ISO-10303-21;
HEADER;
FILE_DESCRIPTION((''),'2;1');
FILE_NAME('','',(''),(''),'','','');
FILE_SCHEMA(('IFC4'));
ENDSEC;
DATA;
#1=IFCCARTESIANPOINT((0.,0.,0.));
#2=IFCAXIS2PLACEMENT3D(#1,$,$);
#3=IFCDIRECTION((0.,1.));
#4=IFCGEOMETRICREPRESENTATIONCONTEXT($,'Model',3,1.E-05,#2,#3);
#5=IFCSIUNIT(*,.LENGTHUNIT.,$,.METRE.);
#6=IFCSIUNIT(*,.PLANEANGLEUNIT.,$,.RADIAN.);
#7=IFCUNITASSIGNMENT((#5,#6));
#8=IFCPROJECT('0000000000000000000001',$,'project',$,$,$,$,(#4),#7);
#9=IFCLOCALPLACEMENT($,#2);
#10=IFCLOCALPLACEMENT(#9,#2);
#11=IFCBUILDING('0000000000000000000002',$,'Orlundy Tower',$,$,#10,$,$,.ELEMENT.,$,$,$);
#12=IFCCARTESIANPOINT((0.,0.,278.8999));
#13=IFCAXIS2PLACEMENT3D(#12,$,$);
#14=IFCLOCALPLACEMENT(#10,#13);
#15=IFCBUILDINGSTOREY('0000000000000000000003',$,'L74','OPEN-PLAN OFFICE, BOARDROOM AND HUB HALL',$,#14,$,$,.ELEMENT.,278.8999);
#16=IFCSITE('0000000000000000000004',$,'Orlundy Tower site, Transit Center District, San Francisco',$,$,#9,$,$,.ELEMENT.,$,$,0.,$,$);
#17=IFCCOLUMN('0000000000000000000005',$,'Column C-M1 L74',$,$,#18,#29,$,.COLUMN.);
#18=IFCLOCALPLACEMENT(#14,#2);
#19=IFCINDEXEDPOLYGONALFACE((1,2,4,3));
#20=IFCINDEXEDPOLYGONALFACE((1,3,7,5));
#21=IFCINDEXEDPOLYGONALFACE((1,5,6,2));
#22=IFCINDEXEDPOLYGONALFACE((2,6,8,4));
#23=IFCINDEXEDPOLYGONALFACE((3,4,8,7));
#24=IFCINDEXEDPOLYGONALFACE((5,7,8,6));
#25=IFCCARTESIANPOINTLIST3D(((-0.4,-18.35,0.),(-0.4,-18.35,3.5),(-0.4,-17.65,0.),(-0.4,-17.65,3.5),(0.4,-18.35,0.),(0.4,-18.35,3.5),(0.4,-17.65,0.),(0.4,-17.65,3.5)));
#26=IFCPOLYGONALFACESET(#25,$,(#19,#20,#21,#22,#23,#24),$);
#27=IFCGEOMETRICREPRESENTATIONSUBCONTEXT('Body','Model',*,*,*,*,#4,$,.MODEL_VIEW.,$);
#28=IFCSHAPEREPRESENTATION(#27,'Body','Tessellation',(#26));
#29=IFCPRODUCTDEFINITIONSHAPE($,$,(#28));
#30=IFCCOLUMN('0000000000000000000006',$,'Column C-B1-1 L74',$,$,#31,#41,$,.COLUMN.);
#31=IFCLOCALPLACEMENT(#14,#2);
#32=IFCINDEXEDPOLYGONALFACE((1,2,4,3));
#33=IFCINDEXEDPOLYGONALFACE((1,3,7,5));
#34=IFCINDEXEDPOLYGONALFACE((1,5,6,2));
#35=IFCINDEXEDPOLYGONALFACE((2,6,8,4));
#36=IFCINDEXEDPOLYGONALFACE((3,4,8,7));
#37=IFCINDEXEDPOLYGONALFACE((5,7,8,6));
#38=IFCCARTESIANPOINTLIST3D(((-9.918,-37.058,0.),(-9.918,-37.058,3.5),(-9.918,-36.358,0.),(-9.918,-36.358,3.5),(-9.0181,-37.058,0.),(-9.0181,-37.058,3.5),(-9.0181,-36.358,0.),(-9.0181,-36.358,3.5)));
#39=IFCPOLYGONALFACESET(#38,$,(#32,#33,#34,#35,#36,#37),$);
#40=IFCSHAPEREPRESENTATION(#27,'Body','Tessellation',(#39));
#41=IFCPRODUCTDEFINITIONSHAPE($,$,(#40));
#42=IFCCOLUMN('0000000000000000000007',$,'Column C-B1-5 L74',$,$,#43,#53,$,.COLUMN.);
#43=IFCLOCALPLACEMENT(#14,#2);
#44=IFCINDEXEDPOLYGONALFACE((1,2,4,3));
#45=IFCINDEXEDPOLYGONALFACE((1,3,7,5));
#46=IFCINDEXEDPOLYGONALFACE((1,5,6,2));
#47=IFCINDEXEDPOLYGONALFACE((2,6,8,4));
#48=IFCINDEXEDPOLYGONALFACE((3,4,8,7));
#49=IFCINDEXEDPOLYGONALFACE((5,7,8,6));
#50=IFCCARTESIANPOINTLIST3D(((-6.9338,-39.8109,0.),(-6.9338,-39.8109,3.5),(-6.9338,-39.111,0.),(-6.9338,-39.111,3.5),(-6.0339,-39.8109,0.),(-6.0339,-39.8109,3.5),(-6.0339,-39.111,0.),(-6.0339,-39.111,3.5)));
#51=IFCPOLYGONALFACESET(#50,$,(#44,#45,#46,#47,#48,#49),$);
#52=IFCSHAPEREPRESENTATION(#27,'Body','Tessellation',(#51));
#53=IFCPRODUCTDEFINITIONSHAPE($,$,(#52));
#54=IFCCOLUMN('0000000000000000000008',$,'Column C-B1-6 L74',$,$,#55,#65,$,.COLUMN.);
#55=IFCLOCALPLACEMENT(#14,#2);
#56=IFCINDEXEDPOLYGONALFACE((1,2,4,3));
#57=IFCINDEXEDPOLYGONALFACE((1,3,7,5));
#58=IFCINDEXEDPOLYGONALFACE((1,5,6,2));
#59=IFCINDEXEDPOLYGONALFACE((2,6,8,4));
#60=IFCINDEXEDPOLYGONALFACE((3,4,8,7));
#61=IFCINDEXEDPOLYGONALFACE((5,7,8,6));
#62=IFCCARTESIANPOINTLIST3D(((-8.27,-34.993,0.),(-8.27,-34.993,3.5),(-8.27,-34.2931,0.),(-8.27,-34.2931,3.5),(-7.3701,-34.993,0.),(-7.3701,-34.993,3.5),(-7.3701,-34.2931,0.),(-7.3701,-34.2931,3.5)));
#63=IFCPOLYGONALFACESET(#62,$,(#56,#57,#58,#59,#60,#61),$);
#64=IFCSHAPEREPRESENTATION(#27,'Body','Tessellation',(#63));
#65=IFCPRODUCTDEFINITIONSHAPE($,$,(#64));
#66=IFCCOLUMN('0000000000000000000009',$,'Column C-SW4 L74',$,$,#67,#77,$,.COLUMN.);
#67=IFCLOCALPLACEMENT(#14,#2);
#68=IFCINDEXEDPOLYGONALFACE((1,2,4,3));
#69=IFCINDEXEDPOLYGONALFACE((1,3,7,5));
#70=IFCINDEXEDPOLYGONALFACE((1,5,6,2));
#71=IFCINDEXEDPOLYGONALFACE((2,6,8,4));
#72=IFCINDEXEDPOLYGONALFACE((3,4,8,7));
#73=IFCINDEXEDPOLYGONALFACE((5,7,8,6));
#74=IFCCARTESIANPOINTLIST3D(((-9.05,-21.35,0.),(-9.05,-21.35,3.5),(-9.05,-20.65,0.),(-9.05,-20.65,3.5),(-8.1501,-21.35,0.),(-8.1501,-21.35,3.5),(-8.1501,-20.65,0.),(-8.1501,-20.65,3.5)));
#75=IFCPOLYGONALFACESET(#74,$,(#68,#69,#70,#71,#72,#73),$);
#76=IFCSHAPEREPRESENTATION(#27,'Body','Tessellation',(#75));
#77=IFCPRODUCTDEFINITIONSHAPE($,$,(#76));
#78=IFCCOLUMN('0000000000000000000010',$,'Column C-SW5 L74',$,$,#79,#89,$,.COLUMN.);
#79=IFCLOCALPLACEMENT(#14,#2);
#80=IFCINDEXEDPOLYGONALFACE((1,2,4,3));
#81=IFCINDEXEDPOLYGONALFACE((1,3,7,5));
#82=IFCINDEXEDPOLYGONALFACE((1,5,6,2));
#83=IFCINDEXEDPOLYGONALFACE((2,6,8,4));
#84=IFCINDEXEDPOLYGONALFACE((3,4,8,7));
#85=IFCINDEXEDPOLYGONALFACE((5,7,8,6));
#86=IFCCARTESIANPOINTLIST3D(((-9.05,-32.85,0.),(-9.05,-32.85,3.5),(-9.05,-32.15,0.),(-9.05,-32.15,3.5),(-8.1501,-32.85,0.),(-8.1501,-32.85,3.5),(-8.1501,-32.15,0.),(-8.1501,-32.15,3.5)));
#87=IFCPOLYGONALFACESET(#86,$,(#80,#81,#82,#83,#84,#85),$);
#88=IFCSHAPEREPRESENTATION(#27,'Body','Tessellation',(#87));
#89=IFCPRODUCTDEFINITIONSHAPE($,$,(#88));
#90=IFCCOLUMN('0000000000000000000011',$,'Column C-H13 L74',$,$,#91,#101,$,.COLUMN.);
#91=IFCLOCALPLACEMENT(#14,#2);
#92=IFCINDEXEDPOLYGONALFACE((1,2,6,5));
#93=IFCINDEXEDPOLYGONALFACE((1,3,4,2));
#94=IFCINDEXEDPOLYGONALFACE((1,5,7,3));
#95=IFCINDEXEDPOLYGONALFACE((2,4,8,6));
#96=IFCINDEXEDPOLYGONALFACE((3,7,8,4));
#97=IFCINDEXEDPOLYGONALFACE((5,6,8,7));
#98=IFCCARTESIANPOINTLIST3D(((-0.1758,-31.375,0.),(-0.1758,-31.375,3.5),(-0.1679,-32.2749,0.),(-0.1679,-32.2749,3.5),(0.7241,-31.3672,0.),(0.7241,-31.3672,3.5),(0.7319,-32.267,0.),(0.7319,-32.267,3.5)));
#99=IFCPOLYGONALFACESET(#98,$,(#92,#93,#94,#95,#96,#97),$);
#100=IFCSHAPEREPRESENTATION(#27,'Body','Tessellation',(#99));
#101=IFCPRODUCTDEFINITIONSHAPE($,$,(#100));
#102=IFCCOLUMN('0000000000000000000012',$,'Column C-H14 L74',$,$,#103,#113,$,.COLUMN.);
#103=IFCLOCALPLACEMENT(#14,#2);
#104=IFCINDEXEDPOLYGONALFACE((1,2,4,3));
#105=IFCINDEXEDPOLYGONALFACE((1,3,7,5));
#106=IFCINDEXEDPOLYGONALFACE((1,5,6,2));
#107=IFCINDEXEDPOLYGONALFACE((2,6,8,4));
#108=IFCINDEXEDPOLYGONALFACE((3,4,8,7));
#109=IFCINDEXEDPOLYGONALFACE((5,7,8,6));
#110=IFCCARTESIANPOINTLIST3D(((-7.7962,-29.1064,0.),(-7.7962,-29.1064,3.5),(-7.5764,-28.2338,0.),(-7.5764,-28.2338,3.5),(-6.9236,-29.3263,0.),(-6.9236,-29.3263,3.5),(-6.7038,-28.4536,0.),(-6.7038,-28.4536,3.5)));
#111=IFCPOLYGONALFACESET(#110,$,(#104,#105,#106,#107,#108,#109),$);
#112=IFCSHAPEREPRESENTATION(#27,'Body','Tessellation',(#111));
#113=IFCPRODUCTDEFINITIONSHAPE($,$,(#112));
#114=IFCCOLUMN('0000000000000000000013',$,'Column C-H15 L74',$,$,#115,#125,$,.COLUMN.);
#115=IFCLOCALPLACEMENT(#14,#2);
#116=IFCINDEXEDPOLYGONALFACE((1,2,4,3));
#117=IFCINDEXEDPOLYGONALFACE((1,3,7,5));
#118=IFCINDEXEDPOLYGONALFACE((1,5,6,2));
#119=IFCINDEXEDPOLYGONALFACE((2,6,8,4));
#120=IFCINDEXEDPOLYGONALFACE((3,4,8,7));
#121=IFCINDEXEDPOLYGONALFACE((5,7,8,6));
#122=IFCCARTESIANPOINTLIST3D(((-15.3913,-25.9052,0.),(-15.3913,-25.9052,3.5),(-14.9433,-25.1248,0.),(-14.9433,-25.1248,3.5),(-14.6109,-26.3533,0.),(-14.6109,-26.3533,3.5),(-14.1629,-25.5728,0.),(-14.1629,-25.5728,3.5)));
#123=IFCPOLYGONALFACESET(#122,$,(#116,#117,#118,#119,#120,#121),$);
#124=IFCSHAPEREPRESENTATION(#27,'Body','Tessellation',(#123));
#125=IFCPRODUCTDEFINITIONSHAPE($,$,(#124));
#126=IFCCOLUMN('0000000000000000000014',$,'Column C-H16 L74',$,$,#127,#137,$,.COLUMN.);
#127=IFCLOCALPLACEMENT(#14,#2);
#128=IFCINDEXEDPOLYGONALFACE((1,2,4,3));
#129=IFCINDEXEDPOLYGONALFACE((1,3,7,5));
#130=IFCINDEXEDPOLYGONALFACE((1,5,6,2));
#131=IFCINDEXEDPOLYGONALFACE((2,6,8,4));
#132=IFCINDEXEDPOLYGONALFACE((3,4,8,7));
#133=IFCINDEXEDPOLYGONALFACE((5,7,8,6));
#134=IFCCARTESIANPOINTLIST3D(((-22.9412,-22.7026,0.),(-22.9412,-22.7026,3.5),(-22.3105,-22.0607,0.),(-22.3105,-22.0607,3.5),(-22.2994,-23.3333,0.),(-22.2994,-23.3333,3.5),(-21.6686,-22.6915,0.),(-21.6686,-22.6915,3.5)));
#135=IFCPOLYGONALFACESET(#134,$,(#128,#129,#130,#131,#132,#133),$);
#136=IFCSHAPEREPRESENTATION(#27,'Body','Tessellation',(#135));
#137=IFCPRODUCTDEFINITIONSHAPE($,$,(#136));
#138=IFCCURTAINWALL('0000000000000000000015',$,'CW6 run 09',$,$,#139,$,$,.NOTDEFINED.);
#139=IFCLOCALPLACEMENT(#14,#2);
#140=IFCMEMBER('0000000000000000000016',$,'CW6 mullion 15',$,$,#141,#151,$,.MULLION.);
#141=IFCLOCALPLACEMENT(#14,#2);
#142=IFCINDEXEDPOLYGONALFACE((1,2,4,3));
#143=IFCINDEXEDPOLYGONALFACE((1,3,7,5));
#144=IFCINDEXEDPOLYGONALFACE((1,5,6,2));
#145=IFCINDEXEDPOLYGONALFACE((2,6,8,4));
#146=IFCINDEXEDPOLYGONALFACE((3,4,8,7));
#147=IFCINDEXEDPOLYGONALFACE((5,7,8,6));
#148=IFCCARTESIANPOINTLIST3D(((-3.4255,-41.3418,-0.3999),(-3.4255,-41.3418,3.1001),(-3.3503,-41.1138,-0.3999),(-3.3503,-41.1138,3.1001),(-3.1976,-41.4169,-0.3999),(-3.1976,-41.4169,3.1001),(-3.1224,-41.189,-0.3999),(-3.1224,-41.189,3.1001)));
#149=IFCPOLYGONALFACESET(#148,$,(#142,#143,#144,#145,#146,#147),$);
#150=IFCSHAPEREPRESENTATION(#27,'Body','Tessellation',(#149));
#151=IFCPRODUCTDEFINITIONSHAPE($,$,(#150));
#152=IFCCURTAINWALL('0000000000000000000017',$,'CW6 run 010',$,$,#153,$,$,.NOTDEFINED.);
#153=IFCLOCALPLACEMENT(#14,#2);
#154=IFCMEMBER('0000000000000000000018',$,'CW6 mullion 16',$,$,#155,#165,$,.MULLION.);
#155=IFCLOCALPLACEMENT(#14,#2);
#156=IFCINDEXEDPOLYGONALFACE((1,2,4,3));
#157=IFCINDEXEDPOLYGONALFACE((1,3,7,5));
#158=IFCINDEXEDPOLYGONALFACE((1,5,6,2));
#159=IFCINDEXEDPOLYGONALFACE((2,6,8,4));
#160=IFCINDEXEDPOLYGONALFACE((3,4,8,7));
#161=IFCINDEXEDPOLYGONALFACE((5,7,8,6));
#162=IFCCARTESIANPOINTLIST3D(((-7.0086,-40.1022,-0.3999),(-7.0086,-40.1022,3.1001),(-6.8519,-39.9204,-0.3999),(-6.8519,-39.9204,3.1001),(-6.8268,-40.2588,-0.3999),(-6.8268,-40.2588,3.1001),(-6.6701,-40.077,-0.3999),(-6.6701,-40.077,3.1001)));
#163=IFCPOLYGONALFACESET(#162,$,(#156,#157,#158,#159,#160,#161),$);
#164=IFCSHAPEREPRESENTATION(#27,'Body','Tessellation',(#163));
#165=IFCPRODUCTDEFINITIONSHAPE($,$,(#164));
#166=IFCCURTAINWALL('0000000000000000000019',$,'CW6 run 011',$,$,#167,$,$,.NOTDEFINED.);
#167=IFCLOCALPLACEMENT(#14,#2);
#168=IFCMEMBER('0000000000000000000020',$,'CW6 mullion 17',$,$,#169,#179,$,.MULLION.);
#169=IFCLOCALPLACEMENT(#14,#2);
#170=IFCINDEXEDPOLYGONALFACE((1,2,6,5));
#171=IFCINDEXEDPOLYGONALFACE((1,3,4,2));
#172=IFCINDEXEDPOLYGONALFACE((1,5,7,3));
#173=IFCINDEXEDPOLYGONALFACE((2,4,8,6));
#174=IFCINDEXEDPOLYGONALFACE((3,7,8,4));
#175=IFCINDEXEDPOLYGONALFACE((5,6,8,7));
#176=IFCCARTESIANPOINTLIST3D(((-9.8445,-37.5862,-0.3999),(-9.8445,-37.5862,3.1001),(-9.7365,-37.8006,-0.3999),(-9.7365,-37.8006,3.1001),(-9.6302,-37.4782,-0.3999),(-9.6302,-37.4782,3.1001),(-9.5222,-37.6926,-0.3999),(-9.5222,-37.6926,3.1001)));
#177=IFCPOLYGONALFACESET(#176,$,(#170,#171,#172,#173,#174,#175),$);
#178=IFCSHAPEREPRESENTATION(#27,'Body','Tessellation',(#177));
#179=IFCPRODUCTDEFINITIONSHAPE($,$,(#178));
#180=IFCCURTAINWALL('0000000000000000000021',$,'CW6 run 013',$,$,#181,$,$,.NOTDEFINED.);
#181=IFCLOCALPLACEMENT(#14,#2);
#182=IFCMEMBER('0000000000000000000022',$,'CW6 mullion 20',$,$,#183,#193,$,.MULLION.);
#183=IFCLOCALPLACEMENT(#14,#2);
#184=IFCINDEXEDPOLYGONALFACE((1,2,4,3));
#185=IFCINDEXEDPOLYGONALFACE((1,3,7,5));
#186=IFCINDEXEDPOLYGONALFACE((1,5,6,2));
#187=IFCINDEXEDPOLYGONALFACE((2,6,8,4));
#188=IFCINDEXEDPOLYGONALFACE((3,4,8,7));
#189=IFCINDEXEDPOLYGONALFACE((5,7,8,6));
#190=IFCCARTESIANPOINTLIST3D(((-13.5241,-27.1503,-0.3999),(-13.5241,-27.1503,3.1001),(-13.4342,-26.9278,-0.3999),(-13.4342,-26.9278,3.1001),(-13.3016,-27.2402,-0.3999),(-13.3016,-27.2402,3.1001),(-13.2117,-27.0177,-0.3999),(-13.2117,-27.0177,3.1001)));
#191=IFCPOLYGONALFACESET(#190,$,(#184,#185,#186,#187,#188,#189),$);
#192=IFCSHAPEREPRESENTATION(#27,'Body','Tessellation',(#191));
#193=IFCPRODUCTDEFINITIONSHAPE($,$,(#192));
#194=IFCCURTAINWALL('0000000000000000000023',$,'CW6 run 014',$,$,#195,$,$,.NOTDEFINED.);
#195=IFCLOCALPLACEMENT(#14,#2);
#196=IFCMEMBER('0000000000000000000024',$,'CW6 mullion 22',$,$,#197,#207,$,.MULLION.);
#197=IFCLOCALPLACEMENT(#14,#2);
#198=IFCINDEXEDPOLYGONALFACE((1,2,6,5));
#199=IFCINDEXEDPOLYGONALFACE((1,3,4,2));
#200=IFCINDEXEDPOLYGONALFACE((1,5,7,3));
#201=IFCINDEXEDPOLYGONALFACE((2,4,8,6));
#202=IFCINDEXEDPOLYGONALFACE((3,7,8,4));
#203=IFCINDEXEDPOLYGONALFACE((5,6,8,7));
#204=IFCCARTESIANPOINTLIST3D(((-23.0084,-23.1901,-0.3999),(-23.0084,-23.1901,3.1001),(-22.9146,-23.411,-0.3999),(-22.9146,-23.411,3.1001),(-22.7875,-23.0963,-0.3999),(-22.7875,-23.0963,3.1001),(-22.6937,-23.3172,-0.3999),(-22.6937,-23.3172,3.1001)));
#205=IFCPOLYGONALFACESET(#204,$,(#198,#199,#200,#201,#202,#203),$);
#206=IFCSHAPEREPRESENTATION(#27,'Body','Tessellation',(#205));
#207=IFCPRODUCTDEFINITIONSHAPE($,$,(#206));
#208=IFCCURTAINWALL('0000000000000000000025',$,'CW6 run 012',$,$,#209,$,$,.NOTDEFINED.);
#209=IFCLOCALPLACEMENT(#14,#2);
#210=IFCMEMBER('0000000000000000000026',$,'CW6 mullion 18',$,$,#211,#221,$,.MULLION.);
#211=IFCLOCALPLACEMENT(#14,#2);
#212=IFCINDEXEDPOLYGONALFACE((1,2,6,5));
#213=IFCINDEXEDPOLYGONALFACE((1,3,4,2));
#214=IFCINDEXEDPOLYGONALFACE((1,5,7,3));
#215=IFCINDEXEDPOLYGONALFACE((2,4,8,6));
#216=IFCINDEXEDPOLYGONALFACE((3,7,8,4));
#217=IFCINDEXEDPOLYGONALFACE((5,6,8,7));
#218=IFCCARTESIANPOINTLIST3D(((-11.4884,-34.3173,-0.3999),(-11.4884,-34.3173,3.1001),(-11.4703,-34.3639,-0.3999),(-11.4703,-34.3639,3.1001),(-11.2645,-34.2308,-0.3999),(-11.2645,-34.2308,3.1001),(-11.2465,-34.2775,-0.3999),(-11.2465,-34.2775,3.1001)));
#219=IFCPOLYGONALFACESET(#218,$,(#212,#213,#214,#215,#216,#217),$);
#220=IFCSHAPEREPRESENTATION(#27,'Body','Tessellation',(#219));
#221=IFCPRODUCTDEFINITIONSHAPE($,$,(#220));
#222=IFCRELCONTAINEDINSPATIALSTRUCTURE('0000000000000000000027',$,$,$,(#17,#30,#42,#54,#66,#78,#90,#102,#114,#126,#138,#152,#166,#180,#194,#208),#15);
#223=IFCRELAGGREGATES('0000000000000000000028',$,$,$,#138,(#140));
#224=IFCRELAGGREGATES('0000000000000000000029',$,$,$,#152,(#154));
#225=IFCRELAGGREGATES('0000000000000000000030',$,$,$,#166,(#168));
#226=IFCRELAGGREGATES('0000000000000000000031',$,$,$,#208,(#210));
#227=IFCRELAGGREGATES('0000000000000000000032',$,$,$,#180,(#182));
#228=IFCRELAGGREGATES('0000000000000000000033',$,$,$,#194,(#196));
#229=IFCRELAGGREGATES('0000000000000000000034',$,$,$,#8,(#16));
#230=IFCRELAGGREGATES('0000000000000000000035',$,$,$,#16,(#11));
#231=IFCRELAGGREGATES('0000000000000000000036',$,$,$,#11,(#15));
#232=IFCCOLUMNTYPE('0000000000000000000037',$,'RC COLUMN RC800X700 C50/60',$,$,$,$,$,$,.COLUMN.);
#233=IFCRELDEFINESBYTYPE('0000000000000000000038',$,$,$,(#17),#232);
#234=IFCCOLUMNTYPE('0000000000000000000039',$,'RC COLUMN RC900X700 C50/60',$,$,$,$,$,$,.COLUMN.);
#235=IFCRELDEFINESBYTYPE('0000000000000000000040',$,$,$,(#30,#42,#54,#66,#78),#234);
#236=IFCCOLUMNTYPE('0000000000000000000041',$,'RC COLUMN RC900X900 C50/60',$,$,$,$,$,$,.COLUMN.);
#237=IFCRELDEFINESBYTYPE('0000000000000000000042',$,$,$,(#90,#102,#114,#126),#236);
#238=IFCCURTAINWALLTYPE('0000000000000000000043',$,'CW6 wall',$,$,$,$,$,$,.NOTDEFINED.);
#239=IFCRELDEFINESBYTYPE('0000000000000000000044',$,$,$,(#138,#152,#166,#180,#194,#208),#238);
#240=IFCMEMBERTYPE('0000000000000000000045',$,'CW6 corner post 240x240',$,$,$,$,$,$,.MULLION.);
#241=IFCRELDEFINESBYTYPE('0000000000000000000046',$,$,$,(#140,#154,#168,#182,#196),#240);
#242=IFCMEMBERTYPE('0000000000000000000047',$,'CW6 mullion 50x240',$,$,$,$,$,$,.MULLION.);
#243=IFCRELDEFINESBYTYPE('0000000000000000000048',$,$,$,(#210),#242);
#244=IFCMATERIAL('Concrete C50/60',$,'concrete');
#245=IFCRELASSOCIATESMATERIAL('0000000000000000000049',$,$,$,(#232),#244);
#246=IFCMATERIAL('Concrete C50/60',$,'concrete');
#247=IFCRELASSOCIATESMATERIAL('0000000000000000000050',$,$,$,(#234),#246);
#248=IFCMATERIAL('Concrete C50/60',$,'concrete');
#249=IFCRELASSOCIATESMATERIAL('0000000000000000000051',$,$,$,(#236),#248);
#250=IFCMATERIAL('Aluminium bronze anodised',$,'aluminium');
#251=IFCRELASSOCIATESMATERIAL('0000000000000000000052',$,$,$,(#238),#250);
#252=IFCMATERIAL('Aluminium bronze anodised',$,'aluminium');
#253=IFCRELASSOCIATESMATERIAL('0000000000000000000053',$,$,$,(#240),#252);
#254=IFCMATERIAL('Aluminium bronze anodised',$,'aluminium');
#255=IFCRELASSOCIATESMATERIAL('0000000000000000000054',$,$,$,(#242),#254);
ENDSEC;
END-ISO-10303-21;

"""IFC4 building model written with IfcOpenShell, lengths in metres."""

from ifc_helpers import new_model, si_unit, direction, frame, origin, origin_2d, place, context, subcontext, project, spatial, rectangle, extrude, material, material_profile, profile_set, type_object, element, aggregate, save


model = new_model("IFC4")

# Units and contexts
model_context = context("Model", 3, precision=1e-05, world=origin(), true_north=direction((0.0, 1.0)))
body_context = subcontext(model_context, "Body", "Model", "MODEL_VIEW")
ifc_project = project(units=[si_unit("LENGTHUNIT", "METRE"), si_unit("PLANEANGLEUNIT", "RADIAN")], contexts=[model_context])

# Site, building, storey
site_placement = place(None, origin())
site = spatial("IfcSite", under=ifc_project, at=site_placement, Name="Orlundy Tower site, Transit Center District, San Francisco", CompositionType="ELEMENT", RefElevation=0.0)
building_placement = place(site_placement, origin())
building = spatial("IfcBuilding", under=site, at=building_placement, Name="Orlundy Tower", CompositionType="ELEMENT")
storey_placement = place(building_placement, frame((0.0, 0.0, 278.8999)))
storey = spatial("IfcBuildingStorey", under=building, at=storey_placement, Name="L74", Description="OPEN-PLAN OFFICE, BOARDROOM AND HUB HALL", CompositionType="ELEMENT", Elevation=278.8999)

# Columns
ifc_material_1 = material(Name="Concrete C50/60", Category="concrete")
ifc_material_profile_1 = material_profile(ifc_material_1, rectangle(XDim=0.8, YDim=0.7, at=origin_2d()), Name="RC800X700")
ifc_profile_set_1 = profile_set([ifc_material_profile_1], Name="Concrete C50/60")
column_type_1 = type_object("IfcColumnType", Name="RC COLUMN RC800X700 C50/60", PredefinedType="COLUMN", material=ifc_profile_set_1)
column_placement = place(storey_placement, frame((0.0, -18.0, 0.0), z_axis=(0.0, 0.0, 1.0), x_axis=(1.0, 0.0, 0.0)))
element("IfcColumn", 1, at=column_placement, inside=storey, type_object=column_type_1, Name="Column C-M1 L74", PredefinedType="COLUMN", context=body_context, shape_type="SweptSolid", body=[
    extrude(rectangle(XDim=0.8, YDim=0.7, at=origin_2d()), origin(), (0.0, 0.0, 1.0), 3.5),
])
ifc_material_2 = material(Name="Concrete C50/60", Category="concrete")
ifc_material_profile_2 = material_profile(ifc_material_2, rectangle(XDim=0.8999, YDim=0.7, at=origin_2d()), Name="RC900X700")
ifc_profile_set_2 = profile_set([ifc_material_profile_2], Name="Concrete C50/60")
column_type_2 = type_object("IfcColumnType", Name="RC COLUMN RC900X700 C50/60", PredefinedType="COLUMN", material=ifc_profile_set_2)
for number, where, z_axis, x_axis, name in (
    (2, (-9.468, -36.708, 0.0), (0.0, 0.0, 1.0), (1.0, 0.0, 0.0), "Column C-B1-1 L74"),
    (3, (-6.4839, -39.4609, 0.0), (0.0, 0.0, 1.0), (1.0, 0.0, 0.0), "Column C-B1-5 L74"),
    (4, (-7.8201, -34.6431, 0.0), (0.0, 0.0, 1.0), (1.0, 0.0, 0.0), "Column C-B1-6 L74"),
    (5, (-8.6001, -21.0, 0.0), (0.0, 0.0, 1.0), (1.0, 0.0, 0.0), "Column C-SW4 L74"),
    (6, (-8.6001, -32.5, 0.0), (0.0, 0.0, 1.0), (1.0, 0.0, 0.0), "Column C-SW5 L74"),
):
    element("IfcColumn", number, at=place(storey_placement, frame(where, z_axis=z_axis, x_axis=x_axis)), inside=storey, type_object=column_type_2, Name=name, PredefinedType="COLUMN", context=body_context, shape_type="SweptSolid", body=[
        extrude(rectangle(XDim=0.8999, YDim=0.7, at=origin_2d()), origin(), (0.0, 0.0, 1.0), 3.5),
    ])
ifc_material_3 = material(Name="Concrete C50/60", Category="concrete")
ifc_material_profile_3 = material_profile(ifc_material_3, rectangle(XDim=0.8999, YDim=0.8999, at=origin_2d()), Name="RC900X900")
ifc_profile_set_3 = profile_set([ifc_material_profile_3], Name="Concrete C50/60")
column_type_3 = type_object("IfcColumnType", Name="RC COLUMN RC900X900 C50/60", PredefinedType="COLUMN", material=ifc_profile_set_3)
for number, where, z_axis, x_axis, name in (
    (7, (0.2781, -31.821, 0.0), (0.0, 0.0, 1.0), (0.008744, -0.999962, 0.0), "Column C-H13 L74"),
    (8, (-7.25, -28.78, 0.0), (0.0, 0.0, 1.0), (-0.244275, -0.969706, 0.0), "Column C-H14 L74"),
    (9, (-14.7771, -25.739, 0.0), (0.0, 0.0, 1.0), (-0.497898, -0.867236, 0.0), "Column C-H15 L74"),
    (10, (-22.3049, -22.697, 0.0), (0.0, 0.0, 1.0), (-0.700922, -0.713238, 0.0), "Column C-H16 L74"),
):
    element("IfcColumn", number, at=place(storey_placement, frame(where, z_axis=z_axis, x_axis=x_axis)), inside=storey, type_object=column_type_3, Name=name, PredefinedType="COLUMN", context=body_context, shape_type="SweptSolid", body=[
        extrude(rectangle(XDim=0.8999, YDim=0.8999, at=origin_2d()), origin(), (0.0, 0.0, 1.0), 3.5),
    ])

# Curtain walls, members
ifc_material_4 = material(Name="Aluminium bronze anodised", Category="aluminium")
curtain_wall_type = type_object("IfcCurtainWallType", Name="CW6 wall", PredefinedType="NOTDEFINED", material=ifc_material_4)
curtain_wall_1_placement = place(storey_placement, origin())
curtain_wall_1 = element("IfcCurtainWall", 11, at=curtain_wall_1_placement, inside=storey, type_object=curtain_wall_type, Name="CW6 run 09", PredefinedType="NOTDEFINED")
ifc_material_5 = material(Name="Aluminium bronze anodised", Category="aluminium")
ifc_material_profile_4 = material_profile(ifc_material_5, rectangle(XDim=0.24, YDim=0.24, at=origin_2d()), Name="CW6 corner post 240x240")
ifc_profile_set_4 = profile_set([ifc_material_profile_4], Name="Aluminium bronze anodised")
member_type_1 = type_object("IfcMemberType", Name="CW6 corner post 240x240", PredefinedType="MULLION", material=ifc_profile_set_4)
member_1_placement = place(storey_placement, frame((-3.2739, -41.2654, -0.3999), z_axis=(0.0, 0.0, 1.0), x_axis=(-0.313231, -0.949677, 0.0)))
member_1 = element("IfcMember", 12, at=member_1_placement, type_object=member_type_1, Name="CW6 mullion 15", PredefinedType="MULLION", context=body_context, shape_type="SweptSolid", body=[
    extrude(rectangle(XDim=0.24, YDim=0.24, at=origin_2d()), origin(), (0.0, 0.0, 1.0), 3.5),
])
curtain_wall_2_placement = place(storey_placement, origin())
curtain_wall_2 = element("IfcCurtainWall", 13, at=curtain_wall_2_placement, inside=storey, type_object=curtain_wall_type, Name="CW6 run 010", PredefinedType="NOTDEFINED")
member_2_placement = place(storey_placement, frame((-6.8394, -40.0896, -0.3999), z_axis=(0.0, 0.0, 1.0), x_axis=(-0.652678, -0.757635, 0.0)))
member_2 = element("IfcMember", 14, at=member_2_placement, type_object=member_type_1, Name="CW6 mullion 16", PredefinedType="MULLION", context=body_context, shape_type="SweptSolid", body=[
    extrude(rectangle(XDim=0.24, YDim=0.24, at=origin_2d()), origin(), (0.0, 0.0, 1.0), 3.5),
])
curtain_wall_3_placement = place(storey_placement, origin())
curtain_wall_3 = element("IfcCurtainWall", 15, at=curtain_wall_3_placement, inside=storey, type_object=curtain_wall_type, Name="CW6 run 011", PredefinedType="NOTDEFINED")
member_3_placement = place(storey_placement, frame((-9.6833, -37.6394, -0.3999), z_axis=(0.0, 0.0, 1.0), x_axis=(-0.89302, -0.450017, 0.0)))
member_3 = element("IfcMember", 16, at=member_3_placement, type_object=member_type_1, Name="CW6 mullion 17", PredefinedType="MULLION", context=body_context, shape_type="SweptSolid", body=[
    extrude(rectangle(XDim=0.24, YDim=0.24, at=origin_2d()), origin(), (0.0, 0.0, 1.0), 3.5),
])
curtain_wall_4_placement = place(storey_placement, origin())
curtain_wall_4 = element("IfcCurtainWall", 17, at=curtain_wall_4_placement, inside=storey, type_object=curtain_wall_type, Name="CW6 run 013", PredefinedType="NOTDEFINED")
member_4_placement = place(storey_placement, frame((-13.3679, -27.084, -0.3999), z_axis=(0.0, 0.0, 1.0), x_axis=(-0.374521, -0.927218, 0.0)))
member_4 = element("IfcMember", 18, at=member_4_placement, type_object=member_type_1, Name="CW6 mullion 20", PredefinedType="MULLION", context=body_context, shape_type="SweptSolid", body=[
    extrude(rectangle(XDim=0.24, YDim=0.24, at=origin_2d()), origin(), (0.0, 0.0, 1.0), 3.5),
])
curtain_wall_5_placement = place(storey_placement, origin())
curtain_wall_5 = element("IfcCurtainWall", 19, at=curtain_wall_5_placement, inside=storey, type_object=curtain_wall_type, Name="CW6 run 014", PredefinedType="NOTDEFINED")
member_5_placement = place(storey_placement, frame((-22.8511, -23.2537, -0.3999), z_axis=(0.0, 0.0, 1.0), x_axis=(-0.920507, -0.390727, 0.0)))
member_5 = element("IfcMember", 20, at=member_5_placement, type_object=member_type_1, Name="CW6 mullion 22", PredefinedType="MULLION", context=body_context, shape_type="SweptSolid", body=[
    extrude(rectangle(XDim=0.24, YDim=0.24, at=origin_2d()), origin(), (0.0, 0.0, 1.0), 3.5),
])

# Curtain wall, member
curtain_wall_6_placement = place(storey_placement, origin())
curtain_wall_6 = element("IfcCurtainWall", 21, at=curtain_wall_6_placement, inside=storey, type_object=curtain_wall_type, Name="CW6 run 012", PredefinedType="NOTDEFINED")
ifc_material_6 = material(Name="Aluminium bronze anodised", Category="aluminium")
ifc_material_profile_5 = material_profile(ifc_material_6, rectangle(XDim=0.24, YDim=0.05, at=origin_2d()), Name="CW6 mullion 50x240")
ifc_profile_set_5 = profile_set([ifc_material_profile_5], Name="Aluminium bronze anodised")
member_type_2 = type_object("IfcMemberType", Name="CW6 mullion 50x240", PredefinedType="MULLION", material=ifc_profile_set_5)
member_6_placement = place(storey_placement, frame((-11.3674, -34.2974, -0.3999), z_axis=(0.0, 0.0, 1.0), x_axis=(-0.932815, -0.360356, 0.0)))
member_6 = element("IfcMember", 22, at=member_6_placement, type_object=member_type_2, Name="CW6 mullion 18", PredefinedType="MULLION", context=body_context, shape_type="SweptSolid", body=[
    extrude(rectangle(XDim=0.24, YDim=0.05, at=origin_2d()), origin(), (0.0, 0.0, 1.0), 3.5),
])

aggregate(curtain_wall_1, [member_1])
aggregate(curtain_wall_2, [member_2])
aggregate(curtain_wall_3, [member_3])
aggregate(curtain_wall_6, [member_6])
aggregate(curtain_wall_4, [member_4])
aggregate(curtain_wall_5, [member_5])

save(model, "model.ifc")
